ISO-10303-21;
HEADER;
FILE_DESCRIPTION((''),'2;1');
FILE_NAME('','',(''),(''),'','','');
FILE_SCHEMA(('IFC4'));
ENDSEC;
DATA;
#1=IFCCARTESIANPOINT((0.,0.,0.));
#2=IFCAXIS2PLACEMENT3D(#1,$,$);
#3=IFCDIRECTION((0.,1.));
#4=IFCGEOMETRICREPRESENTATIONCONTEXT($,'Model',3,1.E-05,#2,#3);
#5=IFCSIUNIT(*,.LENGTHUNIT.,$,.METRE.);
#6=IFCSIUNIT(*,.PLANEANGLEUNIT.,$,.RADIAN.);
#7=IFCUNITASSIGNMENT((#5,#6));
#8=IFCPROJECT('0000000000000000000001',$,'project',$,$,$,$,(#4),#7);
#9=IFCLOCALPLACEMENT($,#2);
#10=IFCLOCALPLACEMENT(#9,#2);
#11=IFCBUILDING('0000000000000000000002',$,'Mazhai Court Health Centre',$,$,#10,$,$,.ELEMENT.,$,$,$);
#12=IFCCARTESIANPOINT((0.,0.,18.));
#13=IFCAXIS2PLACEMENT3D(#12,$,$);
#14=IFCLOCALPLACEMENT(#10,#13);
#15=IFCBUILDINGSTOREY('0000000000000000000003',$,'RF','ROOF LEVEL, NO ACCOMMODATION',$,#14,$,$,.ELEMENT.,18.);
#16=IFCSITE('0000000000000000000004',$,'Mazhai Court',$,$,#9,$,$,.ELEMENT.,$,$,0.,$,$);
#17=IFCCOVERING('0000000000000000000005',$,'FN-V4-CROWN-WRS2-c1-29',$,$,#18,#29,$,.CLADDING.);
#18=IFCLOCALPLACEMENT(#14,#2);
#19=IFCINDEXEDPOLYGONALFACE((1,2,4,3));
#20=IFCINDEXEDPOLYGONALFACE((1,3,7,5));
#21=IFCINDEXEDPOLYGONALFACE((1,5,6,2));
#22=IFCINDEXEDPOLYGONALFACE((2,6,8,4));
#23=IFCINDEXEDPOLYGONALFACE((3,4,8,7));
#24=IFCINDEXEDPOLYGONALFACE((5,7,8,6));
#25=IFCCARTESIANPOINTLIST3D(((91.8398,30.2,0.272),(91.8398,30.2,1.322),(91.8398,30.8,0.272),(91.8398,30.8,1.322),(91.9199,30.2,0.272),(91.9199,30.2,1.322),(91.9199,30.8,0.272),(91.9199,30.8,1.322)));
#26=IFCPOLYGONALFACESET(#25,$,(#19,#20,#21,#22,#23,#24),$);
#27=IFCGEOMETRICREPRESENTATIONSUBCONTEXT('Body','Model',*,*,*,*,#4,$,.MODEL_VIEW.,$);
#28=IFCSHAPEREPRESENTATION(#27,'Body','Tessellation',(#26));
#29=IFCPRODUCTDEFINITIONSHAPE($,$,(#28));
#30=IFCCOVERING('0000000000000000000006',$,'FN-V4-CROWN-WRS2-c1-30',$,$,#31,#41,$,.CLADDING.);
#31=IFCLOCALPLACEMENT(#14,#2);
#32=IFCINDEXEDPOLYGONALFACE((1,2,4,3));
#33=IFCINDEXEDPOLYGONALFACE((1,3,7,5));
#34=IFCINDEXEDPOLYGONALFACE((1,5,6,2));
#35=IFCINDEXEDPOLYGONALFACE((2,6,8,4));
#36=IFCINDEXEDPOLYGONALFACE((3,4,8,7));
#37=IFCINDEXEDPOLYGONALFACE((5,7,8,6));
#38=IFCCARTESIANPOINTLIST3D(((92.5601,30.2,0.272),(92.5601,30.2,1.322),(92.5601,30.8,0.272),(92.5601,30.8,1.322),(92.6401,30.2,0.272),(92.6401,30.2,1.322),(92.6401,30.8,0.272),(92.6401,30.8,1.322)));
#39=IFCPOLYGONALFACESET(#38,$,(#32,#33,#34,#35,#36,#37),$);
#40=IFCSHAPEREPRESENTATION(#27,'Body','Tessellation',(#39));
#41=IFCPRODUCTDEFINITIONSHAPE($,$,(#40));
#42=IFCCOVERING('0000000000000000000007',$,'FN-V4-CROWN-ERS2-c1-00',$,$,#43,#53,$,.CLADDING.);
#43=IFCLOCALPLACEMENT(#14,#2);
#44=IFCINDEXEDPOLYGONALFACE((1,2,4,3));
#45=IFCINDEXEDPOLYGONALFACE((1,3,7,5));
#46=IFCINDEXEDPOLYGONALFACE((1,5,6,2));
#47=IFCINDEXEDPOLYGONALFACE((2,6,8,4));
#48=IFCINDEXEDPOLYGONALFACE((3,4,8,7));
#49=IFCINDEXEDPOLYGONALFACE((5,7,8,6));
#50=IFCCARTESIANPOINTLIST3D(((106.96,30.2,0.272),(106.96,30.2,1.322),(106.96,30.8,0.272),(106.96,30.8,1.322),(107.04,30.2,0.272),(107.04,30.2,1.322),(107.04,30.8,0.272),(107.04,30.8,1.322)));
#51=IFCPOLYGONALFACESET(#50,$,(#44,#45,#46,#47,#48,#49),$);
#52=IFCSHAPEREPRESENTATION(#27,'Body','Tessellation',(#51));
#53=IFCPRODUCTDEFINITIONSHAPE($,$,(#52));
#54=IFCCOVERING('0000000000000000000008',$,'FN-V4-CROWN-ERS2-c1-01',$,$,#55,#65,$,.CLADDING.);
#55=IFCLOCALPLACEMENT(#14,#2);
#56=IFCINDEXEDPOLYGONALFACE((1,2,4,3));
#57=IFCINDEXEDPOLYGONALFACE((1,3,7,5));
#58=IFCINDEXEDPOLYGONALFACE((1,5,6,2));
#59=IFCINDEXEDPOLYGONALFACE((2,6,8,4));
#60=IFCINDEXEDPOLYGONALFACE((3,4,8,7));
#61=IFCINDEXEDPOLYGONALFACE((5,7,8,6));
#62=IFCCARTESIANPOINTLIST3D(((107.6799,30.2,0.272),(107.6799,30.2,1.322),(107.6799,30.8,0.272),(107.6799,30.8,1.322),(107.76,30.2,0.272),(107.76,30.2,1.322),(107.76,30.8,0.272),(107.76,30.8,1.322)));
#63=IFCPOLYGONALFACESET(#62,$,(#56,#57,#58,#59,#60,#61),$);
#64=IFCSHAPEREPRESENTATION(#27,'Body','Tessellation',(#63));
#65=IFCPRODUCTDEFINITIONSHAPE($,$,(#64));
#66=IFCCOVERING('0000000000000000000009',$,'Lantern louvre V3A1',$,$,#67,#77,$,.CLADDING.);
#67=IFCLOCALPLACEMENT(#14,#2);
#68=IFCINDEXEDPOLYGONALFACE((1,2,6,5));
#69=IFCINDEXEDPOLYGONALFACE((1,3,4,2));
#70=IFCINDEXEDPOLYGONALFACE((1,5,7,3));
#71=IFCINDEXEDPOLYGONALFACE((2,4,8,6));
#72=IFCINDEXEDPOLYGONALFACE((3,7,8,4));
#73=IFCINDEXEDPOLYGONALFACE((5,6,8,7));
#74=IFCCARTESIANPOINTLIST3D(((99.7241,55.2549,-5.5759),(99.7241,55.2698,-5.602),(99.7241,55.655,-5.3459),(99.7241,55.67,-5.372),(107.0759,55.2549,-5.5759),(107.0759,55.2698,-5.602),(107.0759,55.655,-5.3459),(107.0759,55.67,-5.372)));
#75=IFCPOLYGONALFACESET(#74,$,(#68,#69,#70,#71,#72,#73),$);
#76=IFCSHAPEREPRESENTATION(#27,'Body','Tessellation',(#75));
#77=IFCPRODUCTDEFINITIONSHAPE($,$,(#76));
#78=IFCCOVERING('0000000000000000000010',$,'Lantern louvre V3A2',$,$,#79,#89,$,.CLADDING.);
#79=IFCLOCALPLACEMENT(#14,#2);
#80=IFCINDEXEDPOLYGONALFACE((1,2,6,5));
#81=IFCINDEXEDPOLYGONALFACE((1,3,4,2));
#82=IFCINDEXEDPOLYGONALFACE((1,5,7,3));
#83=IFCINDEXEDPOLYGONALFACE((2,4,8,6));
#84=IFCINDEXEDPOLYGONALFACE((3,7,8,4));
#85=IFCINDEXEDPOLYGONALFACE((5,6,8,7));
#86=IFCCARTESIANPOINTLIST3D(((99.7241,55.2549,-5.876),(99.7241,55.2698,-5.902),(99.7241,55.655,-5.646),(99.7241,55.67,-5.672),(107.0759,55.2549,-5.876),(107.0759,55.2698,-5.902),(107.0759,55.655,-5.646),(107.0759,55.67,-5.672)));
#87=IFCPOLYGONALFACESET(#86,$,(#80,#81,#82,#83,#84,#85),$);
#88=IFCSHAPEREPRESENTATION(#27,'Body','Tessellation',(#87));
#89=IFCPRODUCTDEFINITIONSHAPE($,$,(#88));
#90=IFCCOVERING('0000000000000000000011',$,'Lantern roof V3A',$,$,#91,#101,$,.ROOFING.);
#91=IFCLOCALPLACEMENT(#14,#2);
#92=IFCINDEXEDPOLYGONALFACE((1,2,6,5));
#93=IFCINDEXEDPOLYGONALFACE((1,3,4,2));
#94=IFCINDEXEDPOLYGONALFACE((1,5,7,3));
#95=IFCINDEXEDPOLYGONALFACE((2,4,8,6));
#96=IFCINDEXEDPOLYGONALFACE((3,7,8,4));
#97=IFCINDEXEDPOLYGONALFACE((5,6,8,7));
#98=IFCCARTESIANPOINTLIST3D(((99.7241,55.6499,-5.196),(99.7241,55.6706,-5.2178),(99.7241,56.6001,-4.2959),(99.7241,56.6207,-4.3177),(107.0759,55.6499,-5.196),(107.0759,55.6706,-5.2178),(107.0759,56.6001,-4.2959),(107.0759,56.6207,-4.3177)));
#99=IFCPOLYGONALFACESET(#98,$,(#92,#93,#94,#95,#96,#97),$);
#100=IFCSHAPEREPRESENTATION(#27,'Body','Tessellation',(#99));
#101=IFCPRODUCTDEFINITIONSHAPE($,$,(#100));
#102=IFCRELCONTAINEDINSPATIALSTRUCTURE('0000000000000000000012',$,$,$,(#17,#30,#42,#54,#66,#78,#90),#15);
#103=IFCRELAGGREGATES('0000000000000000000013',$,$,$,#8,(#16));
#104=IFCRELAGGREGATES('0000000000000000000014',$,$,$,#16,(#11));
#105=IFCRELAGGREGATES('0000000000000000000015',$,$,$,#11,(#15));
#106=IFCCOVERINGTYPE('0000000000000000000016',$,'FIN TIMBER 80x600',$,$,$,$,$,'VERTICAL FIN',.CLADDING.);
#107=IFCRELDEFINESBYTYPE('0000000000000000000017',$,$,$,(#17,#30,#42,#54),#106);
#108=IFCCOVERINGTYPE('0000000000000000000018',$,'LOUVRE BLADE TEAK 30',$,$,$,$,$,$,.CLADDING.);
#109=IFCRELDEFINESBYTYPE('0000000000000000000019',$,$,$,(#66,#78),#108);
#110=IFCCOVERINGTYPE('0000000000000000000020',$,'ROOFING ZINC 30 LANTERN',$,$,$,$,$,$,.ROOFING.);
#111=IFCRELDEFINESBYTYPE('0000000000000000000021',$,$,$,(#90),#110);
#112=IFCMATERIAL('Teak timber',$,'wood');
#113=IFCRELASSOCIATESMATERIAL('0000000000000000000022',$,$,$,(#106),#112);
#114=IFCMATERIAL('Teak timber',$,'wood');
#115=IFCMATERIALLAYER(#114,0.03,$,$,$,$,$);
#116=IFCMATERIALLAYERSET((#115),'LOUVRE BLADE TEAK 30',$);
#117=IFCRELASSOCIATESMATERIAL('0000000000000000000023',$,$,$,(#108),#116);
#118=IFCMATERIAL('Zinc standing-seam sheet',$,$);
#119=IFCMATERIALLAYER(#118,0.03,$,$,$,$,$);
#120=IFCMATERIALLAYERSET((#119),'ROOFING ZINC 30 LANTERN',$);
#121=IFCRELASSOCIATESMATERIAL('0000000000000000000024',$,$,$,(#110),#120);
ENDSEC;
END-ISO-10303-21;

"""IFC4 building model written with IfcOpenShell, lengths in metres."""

from ifc_helpers import new_model, si_unit, direction, frame, origin, origin_2d, place, context, subcontext, project, spatial, polyline, rectangle, outline, extrude, material, layer, layer_set, type_object, element, save


model = new_model("IFC4")

# Units and contexts
model_context = context("Model", 3, precision=1e-05, world=origin(), true_north=direction((0.0, 1.0)))
body_context = subcontext(model_context, "Body", "Model", "MODEL_VIEW")
ifc_project = project(units=[si_unit("LENGTHUNIT", "METRE"), si_unit("PLANEANGLEUNIT", "RADIAN")], contexts=[model_context])

# Site, building, storey
site_placement = place(None, origin())
site = spatial("IfcSite", under=ifc_project, at=site_placement, Name="Mazhai Court", CompositionType="ELEMENT", RefElevation=0.0)
building_placement = place(site_placement, origin())
building = spatial("IfcBuilding", under=site, at=building_placement, Name="Mazhai Court Health Centre", CompositionType="ELEMENT")
storey_placement = place(building_placement, frame((0.0, 0.0, 18.0)))
storey = spatial("IfcBuildingStorey", under=building, at=storey_placement, Name="RF", Description="ROOF LEVEL, NO ACCOMMODATION", CompositionType="ELEMENT", Elevation=18.0)

# Coverings
ifc_material_1 = material(Name="Teak timber", Category="wood")
covering_type_1 = type_object("IfcCoveringType", Name="FIN TIMBER 80x600", ElementType="VERTICAL FIN", PredefinedType="CLADDING", material=ifc_material_1)
for number, where, z_axis, x_axis, name in (
    (1, (91.8799, 30.5, 0.272), (0.0, 0.0, 1.0), (1.0, 0.0, 0.0), "FN-V4-CROWN-WRS2-c1-29"),
    (2, (92.6001, 30.5, 0.272), (0.0, 0.0, 1.0), (1.0, 0.0, 0.0), "FN-V4-CROWN-WRS2-c1-30"),
    (3, (107.0, 30.5, 0.272), (0.0, 0.0, 1.0), (1.0, 0.0, 0.0), "FN-V4-CROWN-ERS2-c1-00"),
    (4, (107.72, 30.5, 0.272), (0.0, 0.0, 1.0), (1.0, 0.0, 0.0), "FN-V4-CROWN-ERS2-c1-01"),
):
    element("IfcCovering", number, at=place(storey_placement, frame(where, z_axis=z_axis, x_axis=x_axis)), inside=storey, type_object=covering_type_1, Name=name, PredefinedType="CLADDING", context=body_context, shape_type="SweptSolid", body=[
        extrude(rectangle(XDim=0.0801, YDim=0.6001, at=origin_2d()), origin(), (0.0, 0.0, 1.0), 1.05),
    ])
ifc_material_2 = material(Name="Teak timber", Category="wood")
ifc_layer_1 = layer(ifc_material_2, 0.03)
ifc_layer_set_1 = layer_set([ifc_layer_1], Name="LOUVRE BLADE TEAK 30")
covering_type_2 = type_object("IfcCoveringType", Name="LOUVRE BLADE TEAK 30", PredefinedType="CLADDING", material=ifc_layer_set_1)
for number, where, z_axis, x_axis, name in (
    (5, (99.7241, 55.655, -5.3459), (0.0, -0.498302, 0.867003), (1.0, 0.0, 0.0), "Lantern louvre V3A1"),
    (6, (99.7241, 55.655, -5.646), (0.0, -0.498302, 0.867003), (1.0, 0.0, 0.0), "Lantern louvre V3A2"),
):
    element("IfcCovering", number, at=place(storey_placement, frame(where, z_axis=z_axis, x_axis=x_axis)), inside=storey, type_object=covering_type_2, Name=name, PredefinedType="CLADDING", context=body_context, shape_type="SweptSolid", body=[
        extrude(outline(polyline([(0.0, 0.0), (7.3518, 0.0), (7.3518, -0.4615), (0.0, -0.4615), (0.0, 0.0)])), origin(), (0.0, 0.0, -1.0), 0.03),
    ])
ifc_material_3 = material(Name="Zinc standing-seam sheet")
ifc_layer_2 = layer(ifc_material_3, 0.03)
ifc_layer_set_2 = layer_set([ifc_layer_2], Name="ROOFING ZINC 30 LANTERN")
covering_type_3 = type_object("IfcCoveringType", Name="ROOFING ZINC 30 LANTERN", PredefinedType="ROOFING", material=ifc_layer_set_2)
covering_placement = place(storey_placement, frame((107.0759, 55.6499, -5.196), z_axis=(0.0, -0.687729, 0.725967), x_axis=(0.0, 0.725967, 0.687729)))
element("IfcCovering", 7, at=covering_placement, inside=storey, type_object=covering_type_3, Name="Lantern roof V3A", PredefinedType="ROOFING", context=body_context, shape_type="SweptSolid", body=[
    extrude(outline(polyline([(0.0, 0.0), (1.3089, 0.0), (1.3089, 7.3518), (0.0, 7.3518), (0.0, 0.0)])), origin(), (0.0, 0.0, -1.0), 0.03),
])

save(model, "model.ifc")
